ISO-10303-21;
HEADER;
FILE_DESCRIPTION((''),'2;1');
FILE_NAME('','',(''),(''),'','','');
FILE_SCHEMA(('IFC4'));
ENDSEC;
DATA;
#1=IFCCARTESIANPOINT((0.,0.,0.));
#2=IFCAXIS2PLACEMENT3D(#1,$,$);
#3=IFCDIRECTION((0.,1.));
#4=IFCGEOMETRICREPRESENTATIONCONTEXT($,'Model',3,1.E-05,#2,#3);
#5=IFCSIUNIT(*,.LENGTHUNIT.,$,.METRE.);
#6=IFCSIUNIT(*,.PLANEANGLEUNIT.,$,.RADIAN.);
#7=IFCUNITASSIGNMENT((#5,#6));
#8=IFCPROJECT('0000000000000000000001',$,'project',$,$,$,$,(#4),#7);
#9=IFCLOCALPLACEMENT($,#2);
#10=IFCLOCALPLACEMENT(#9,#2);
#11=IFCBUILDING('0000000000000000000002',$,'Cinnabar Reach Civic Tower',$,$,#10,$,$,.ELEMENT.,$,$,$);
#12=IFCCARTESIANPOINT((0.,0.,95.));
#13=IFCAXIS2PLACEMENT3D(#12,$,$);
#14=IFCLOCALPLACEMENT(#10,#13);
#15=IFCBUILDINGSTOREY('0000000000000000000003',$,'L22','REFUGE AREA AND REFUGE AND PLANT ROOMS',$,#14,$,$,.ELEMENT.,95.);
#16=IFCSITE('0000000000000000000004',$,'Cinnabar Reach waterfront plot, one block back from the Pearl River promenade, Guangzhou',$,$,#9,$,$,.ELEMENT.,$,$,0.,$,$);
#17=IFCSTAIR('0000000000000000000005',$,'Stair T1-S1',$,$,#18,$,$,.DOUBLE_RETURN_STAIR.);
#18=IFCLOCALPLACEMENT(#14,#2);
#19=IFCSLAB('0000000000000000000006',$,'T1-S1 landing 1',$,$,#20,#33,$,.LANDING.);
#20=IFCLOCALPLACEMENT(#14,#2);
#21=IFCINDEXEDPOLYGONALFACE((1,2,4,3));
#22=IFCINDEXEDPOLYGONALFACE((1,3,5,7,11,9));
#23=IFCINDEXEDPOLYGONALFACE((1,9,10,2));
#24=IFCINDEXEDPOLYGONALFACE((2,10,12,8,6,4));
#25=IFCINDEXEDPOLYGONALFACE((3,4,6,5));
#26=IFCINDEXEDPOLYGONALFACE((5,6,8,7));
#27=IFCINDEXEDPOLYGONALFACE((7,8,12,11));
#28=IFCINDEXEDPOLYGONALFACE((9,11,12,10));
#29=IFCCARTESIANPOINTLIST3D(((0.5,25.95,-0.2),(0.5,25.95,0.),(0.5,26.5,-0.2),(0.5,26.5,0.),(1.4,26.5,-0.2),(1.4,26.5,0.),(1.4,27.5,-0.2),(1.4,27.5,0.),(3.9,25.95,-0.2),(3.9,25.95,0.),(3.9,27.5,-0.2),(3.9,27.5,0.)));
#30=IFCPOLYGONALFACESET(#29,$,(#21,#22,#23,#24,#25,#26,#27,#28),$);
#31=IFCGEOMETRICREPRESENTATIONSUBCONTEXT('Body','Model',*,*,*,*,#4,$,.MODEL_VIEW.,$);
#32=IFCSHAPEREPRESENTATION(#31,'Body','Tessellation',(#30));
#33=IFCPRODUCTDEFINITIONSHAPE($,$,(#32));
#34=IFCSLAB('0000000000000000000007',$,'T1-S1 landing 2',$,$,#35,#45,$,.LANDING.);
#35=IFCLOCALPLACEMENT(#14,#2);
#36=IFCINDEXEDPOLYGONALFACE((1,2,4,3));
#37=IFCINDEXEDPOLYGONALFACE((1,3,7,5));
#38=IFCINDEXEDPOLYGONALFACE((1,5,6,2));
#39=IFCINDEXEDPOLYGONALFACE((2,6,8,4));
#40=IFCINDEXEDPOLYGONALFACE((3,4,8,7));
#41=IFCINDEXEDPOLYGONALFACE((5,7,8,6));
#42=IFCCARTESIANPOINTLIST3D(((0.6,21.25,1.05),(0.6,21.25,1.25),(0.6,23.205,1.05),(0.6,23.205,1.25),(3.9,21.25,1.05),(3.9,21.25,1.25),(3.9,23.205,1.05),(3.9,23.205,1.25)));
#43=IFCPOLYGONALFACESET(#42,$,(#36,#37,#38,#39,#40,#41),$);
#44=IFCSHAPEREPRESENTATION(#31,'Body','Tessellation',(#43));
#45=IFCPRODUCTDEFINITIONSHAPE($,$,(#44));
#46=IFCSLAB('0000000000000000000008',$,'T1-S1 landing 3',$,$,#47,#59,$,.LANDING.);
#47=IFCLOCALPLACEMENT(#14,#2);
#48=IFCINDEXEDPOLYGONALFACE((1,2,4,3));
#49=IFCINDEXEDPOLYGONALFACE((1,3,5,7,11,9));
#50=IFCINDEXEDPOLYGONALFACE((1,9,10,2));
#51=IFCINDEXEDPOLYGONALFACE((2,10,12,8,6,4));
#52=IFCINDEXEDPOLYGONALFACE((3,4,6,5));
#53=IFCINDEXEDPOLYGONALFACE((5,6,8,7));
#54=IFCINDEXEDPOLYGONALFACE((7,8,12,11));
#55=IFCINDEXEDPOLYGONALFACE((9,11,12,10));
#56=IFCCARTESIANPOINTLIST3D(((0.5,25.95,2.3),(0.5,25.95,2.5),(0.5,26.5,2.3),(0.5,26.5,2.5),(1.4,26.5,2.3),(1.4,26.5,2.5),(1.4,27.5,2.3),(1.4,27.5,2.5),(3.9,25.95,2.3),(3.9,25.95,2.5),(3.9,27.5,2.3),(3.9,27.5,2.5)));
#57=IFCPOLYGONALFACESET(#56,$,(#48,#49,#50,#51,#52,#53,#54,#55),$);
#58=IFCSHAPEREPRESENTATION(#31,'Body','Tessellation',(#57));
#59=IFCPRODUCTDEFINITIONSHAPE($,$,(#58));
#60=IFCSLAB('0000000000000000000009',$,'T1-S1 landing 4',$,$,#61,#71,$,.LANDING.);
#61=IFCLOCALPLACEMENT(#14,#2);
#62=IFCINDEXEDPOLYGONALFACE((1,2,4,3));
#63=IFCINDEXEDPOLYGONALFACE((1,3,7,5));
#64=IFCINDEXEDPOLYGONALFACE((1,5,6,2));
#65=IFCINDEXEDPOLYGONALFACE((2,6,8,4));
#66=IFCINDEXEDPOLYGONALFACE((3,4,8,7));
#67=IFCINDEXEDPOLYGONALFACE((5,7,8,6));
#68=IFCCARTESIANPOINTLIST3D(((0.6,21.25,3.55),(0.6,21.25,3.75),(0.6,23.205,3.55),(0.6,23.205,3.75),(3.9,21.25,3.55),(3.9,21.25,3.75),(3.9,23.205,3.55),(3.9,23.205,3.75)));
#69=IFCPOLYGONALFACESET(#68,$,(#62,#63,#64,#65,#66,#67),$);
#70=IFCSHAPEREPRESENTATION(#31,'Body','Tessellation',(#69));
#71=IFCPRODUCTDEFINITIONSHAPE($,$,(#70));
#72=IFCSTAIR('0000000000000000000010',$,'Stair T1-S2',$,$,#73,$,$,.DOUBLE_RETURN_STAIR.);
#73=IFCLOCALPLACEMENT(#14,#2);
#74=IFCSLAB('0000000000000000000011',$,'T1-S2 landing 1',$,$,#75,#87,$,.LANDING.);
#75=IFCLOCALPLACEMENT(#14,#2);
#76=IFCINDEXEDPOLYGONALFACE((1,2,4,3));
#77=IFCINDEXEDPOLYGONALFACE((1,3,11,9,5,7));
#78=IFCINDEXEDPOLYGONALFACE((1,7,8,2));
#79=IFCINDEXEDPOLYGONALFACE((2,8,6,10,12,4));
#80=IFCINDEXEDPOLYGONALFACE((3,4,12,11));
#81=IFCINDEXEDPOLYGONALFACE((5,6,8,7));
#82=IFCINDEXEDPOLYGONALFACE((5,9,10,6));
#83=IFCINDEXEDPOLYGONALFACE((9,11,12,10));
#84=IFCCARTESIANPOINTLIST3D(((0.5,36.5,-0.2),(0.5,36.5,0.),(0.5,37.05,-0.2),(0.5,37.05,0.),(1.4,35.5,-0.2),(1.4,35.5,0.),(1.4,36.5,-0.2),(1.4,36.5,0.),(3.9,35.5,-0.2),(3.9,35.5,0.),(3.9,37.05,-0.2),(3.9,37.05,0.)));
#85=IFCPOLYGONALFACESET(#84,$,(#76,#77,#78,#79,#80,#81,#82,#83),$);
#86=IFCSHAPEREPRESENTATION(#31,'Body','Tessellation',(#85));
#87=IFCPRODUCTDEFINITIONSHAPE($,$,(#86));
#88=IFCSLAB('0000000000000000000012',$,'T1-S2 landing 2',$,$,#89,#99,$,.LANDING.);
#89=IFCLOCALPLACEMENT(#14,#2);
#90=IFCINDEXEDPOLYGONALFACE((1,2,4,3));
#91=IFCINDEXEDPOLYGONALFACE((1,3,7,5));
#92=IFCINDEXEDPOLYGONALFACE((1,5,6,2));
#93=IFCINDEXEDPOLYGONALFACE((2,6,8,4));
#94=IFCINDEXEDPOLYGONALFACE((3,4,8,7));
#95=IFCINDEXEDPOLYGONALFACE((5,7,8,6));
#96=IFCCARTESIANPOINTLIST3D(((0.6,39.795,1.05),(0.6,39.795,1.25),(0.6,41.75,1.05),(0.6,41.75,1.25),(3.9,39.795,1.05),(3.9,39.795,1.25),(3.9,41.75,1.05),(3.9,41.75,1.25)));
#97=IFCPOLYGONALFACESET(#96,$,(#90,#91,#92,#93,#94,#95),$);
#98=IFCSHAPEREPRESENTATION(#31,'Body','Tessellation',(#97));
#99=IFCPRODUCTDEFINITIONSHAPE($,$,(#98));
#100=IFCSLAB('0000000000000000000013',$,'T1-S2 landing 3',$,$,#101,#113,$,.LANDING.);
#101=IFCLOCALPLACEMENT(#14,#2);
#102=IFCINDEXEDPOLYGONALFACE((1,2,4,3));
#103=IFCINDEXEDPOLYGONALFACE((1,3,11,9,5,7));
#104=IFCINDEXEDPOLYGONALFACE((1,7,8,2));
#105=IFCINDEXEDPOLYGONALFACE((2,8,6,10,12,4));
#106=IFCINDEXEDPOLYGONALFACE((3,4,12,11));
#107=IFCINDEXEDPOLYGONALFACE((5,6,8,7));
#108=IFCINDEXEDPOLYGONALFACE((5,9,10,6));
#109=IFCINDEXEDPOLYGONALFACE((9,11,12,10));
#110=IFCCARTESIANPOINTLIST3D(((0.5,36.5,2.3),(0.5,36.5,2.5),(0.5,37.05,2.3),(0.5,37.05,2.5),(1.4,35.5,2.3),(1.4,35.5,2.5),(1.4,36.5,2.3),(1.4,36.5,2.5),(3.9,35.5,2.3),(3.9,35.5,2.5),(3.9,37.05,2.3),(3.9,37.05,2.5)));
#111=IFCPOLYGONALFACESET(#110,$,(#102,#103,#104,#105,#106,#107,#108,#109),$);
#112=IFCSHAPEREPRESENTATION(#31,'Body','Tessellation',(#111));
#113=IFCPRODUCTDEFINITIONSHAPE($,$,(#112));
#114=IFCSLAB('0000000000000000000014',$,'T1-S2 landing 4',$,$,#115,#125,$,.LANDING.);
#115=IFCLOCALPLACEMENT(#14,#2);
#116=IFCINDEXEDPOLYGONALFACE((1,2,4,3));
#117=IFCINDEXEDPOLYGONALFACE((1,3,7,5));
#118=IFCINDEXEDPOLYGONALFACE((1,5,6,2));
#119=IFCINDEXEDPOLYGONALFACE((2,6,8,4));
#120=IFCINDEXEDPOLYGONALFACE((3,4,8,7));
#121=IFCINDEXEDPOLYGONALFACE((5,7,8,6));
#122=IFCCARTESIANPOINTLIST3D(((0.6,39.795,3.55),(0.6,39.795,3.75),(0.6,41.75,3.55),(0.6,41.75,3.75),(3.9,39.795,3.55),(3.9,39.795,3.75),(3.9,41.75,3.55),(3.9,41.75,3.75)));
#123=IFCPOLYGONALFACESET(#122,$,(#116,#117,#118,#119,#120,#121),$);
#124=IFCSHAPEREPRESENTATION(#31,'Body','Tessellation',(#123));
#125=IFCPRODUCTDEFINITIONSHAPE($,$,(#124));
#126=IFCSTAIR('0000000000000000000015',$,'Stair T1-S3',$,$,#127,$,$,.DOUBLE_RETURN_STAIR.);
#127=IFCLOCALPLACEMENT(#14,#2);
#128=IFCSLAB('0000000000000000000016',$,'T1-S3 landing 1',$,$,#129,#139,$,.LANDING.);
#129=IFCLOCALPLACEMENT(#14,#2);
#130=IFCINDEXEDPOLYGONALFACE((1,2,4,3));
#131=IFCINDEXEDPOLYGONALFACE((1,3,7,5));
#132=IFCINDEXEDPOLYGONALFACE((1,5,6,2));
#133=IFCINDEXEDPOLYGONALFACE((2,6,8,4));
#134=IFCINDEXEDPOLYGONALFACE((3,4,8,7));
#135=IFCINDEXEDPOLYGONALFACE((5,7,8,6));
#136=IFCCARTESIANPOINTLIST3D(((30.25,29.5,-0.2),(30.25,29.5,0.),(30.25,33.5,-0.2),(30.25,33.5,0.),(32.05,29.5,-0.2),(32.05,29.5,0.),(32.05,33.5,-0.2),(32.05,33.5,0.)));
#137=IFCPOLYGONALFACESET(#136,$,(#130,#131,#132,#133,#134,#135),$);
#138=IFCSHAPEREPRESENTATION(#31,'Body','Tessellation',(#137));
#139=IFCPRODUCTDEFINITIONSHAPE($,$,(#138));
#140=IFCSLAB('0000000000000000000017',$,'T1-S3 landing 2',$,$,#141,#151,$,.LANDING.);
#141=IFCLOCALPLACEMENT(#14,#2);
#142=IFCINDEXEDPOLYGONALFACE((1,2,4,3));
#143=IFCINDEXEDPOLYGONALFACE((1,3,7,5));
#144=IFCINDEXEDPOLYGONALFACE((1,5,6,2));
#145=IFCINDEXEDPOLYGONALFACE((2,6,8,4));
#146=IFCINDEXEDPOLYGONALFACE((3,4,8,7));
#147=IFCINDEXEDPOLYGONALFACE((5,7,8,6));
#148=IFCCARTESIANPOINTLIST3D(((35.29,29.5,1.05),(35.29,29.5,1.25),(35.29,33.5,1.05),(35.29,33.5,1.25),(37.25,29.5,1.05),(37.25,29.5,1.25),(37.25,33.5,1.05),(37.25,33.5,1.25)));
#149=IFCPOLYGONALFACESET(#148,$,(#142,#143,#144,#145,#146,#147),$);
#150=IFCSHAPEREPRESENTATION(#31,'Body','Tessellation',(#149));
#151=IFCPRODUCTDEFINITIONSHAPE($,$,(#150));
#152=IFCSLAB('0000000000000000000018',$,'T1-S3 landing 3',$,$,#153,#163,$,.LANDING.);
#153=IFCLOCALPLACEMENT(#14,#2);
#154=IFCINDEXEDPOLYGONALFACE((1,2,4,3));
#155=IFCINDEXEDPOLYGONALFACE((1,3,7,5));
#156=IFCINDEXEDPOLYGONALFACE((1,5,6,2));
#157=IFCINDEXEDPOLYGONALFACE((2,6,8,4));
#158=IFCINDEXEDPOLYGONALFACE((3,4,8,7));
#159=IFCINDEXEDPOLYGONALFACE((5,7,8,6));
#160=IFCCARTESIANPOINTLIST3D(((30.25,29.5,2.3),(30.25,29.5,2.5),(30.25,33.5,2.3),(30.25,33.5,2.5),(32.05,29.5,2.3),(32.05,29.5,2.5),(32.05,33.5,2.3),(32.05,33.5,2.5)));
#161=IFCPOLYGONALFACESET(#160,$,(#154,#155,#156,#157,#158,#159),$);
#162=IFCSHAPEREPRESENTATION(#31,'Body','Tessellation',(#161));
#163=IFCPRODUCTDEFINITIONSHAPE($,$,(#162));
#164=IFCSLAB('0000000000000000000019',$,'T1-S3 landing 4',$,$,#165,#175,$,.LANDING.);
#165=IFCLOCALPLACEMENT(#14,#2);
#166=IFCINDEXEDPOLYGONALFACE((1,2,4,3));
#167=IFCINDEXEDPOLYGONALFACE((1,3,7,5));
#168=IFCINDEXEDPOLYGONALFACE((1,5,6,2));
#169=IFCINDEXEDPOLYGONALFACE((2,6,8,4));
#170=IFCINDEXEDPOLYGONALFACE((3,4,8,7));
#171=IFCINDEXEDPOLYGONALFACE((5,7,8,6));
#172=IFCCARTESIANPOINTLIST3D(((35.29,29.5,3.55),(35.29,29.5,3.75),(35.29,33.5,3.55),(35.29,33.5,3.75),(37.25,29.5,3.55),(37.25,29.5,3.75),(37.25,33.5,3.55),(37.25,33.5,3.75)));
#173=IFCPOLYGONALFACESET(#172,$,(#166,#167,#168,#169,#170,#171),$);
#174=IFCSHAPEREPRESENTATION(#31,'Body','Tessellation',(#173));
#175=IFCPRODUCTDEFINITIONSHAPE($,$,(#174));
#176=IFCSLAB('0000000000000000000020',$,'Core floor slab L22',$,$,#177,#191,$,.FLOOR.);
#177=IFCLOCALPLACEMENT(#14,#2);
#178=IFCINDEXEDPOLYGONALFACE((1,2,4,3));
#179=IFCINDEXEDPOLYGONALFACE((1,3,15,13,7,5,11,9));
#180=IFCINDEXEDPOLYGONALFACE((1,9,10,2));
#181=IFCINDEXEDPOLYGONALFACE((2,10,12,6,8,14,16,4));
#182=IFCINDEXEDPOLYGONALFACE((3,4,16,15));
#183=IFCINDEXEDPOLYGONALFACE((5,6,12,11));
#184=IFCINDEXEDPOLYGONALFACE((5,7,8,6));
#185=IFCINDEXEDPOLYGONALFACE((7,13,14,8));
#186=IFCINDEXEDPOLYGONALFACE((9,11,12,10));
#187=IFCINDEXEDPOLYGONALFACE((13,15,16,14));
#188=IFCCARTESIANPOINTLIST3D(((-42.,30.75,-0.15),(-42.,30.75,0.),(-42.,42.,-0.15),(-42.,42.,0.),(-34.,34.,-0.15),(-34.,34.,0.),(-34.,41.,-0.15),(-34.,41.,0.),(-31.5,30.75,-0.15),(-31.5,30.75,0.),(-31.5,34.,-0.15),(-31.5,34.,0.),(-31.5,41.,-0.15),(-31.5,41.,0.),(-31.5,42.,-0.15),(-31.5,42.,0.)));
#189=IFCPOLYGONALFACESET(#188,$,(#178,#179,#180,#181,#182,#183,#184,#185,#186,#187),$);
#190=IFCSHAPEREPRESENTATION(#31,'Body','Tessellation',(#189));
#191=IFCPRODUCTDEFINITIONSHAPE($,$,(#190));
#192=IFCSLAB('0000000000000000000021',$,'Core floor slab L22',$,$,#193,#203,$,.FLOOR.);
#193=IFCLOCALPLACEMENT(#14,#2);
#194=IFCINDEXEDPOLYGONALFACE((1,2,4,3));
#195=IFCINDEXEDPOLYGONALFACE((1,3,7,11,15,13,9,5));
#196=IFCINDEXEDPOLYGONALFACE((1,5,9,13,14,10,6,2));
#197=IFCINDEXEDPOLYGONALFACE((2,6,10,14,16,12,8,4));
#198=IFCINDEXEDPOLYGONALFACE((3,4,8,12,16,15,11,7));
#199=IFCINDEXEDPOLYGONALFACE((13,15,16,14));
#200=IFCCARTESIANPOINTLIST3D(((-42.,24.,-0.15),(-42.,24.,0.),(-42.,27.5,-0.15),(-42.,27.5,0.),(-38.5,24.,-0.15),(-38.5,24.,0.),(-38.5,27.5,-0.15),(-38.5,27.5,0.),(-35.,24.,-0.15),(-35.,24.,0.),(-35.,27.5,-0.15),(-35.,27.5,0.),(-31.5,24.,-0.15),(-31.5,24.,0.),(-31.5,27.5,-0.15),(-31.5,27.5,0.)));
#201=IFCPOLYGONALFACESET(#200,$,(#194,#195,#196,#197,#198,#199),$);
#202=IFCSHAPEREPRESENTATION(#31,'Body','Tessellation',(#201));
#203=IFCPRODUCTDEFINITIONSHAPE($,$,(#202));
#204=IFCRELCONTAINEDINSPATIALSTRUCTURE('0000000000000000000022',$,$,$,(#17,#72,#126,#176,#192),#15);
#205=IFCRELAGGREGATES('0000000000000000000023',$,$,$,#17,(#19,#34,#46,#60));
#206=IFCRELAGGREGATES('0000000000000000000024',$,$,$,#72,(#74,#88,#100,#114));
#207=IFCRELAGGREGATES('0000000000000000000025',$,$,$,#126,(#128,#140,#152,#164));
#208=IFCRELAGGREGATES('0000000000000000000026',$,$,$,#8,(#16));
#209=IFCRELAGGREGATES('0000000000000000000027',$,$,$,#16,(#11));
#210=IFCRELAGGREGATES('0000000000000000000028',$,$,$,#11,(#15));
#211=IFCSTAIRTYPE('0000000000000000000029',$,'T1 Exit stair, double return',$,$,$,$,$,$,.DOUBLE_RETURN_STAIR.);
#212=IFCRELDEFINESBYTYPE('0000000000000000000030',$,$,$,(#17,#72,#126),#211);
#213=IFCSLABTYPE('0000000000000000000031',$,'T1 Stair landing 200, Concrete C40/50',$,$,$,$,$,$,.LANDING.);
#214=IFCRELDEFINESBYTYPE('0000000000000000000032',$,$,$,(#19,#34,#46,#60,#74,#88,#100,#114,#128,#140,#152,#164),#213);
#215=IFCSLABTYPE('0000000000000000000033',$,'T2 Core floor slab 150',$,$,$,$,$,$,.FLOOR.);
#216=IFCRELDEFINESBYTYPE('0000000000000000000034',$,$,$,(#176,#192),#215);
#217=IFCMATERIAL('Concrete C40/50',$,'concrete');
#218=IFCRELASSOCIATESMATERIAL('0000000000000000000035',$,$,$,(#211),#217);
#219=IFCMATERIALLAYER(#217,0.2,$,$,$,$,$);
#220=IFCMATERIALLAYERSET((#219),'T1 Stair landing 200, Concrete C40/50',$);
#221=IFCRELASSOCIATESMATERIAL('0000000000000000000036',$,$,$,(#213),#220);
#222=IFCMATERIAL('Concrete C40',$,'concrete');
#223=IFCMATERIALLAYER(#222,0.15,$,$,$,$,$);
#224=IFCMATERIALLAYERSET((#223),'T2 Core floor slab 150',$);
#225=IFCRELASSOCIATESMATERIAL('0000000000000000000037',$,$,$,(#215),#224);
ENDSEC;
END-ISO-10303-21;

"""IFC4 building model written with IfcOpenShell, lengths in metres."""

from ifc_helpers import new_model, si_unit, direction, frame, origin, place, context, subcontext, project, spatial, polyline, outline, extrude, material, layer, layer_set, type_object, element, aggregate, save


model = new_model("IFC4")

# Units and contexts
model_context = context("Model", 3, precision=1e-05, world=origin(), true_north=direction((0.0, 1.0)))
body_context = subcontext(model_context, "Body", "Model", "MODEL_VIEW")
ifc_project = project(units=[si_unit("LENGTHUNIT", "METRE"), si_unit("PLANEANGLEUNIT", "RADIAN")], contexts=[model_context])

# Site, building, storey
site_placement = place(None, origin())
site = spatial("IfcSite", under=ifc_project, at=site_placement, Name="Cinnabar Reach waterfront plot, one block back from the Pearl River promenade, Guangzhou", CompositionType="ELEMENT", RefElevation=0.0)
building_placement = place(site_placement, origin())
building = spatial("IfcBuilding", under=site, at=building_placement, Name="Cinnabar Reach Civic Tower", CompositionType="ELEMENT")
storey_placement = place(building_placement, frame((0.0, 0.0, 95.0)))
storey = spatial("IfcBuildingStorey", under=building, at=storey_placement, Name="L22", Description="REFUGE AREA AND REFUGE AND PLANT ROOMS", CompositionType="ELEMENT", Elevation=95.0)

# Stairs, slabs
ifc_material_1 = material(Name="Concrete C40/50", Category="concrete")
stair_type_1 = type_object("IfcStairType", Name="T1 Exit stair, double return", PredefinedType="DOUBLE_RETURN_STAIR", material=ifc_material_1)
stair_1_placement = place(storey_placement, origin())
stair_1 = element("IfcStair", 1, at=stair_1_placement, inside=storey, type_object=stair_type_1, Name="Stair T1-S1", PredefinedType="DOUBLE_RETURN_STAIR")
ifc_layer_1 = layer(ifc_material_1, 0.2)
ifc_layer_set_1 = layer_set([ifc_layer_1], Name="T1 Stair landing 200, Concrete C40/50")
slab_type_1 = type_object("IfcSlabType", Name="T1 Stair landing 200, Concrete C40/50", PredefinedType="LANDING", material=ifc_layer_set_1)
slab_1_placement = place(storey_placement, frame((0.0, 0.0, -0.2)))
slab_1 = element("IfcSlab", 2, at=slab_1_placement, type_object=slab_type_1, Name="T1-S1 landing 1", PredefinedType="LANDING", context=body_context, shape_type="SweptSolid", body=[
    extrude(outline(polyline([(3.9, 27.5), (3.9, 25.95), (0.5, 25.95), (0.5, 26.5), (1.4, 26.5), (1.4, 27.5), (3.9, 27.5)])), origin(), (0.0, 0.0, 1.0), 0.2),
])
slab_2_placement = place(storey_placement, frame((0.0, 0.0, 1.05)))
slab_2 = element("IfcSlab", 3, at=slab_2_placement, type_object=slab_type_1, Name="T1-S1 landing 2", PredefinedType="LANDING", context=body_context, shape_type="SweptSolid", body=[
    extrude(outline(polyline([(0.6, 21.25), (0.6, 23.205), (3.9, 23.205), (3.9, 21.25), (0.6, 21.25)])), origin(), (0.0, 0.0, 1.0), 0.2),
])
slab_3_placement = place(storey_placement, frame((0.0, 0.0, 2.3)))
slab_3 = element("IfcSlab", 4, at=slab_3_placement, type_object=slab_type_1, Name="T1-S1 landing 3", PredefinedType="LANDING", context=body_context, shape_type="SweptSolid", body=[
    extrude(outline(polyline([(3.9, 27.5), (3.9, 25.95), (0.5, 25.95), (0.5, 26.5), (1.4, 26.5), (1.4, 27.5), (3.9, 27.5)])), origin(), (0.0, 0.0, 1.0), 0.2),
])
slab_4_placement = place(storey_placement, frame((0.0, 0.0, 3.55)))
slab_4 = element("IfcSlab", 5, at=slab_4_placement, type_object=slab_type_1, Name="T1-S1 landing 4", PredefinedType="LANDING", context=body_context, shape_type="SweptSolid", body=[
    extrude(outline(polyline([(0.6, 21.25), (0.6, 23.205), (3.9, 23.205), (3.9, 21.25), (0.6, 21.25)])), origin(), (0.0, 0.0, 1.0), 0.2),
])
aggregate(stair_1, [slab_1, slab_2, slab_3, slab_4])
stair_2_placement = place(storey_placement, origin())
stair_2 = element("IfcStair", 6, at=stair_2_placement, inside=storey, type_object=stair_type_1, Name="Stair T1-S2", PredefinedType="DOUBLE_RETURN_STAIR")
slab_5_placement = place(storey_placement, frame((0.0, 0.0, -0.2)))
slab_5 = element("IfcSlab", 7, at=slab_5_placement, type_object=slab_type_1, Name="T1-S2 landing 1", PredefinedType="LANDING", context=body_context, shape_type="SweptSolid", body=[
    extrude(outline(polyline([(0.5, 37.05), (3.9, 37.05), (3.9, 35.5), (1.4, 35.5), (1.4, 36.5), (0.5, 36.5), (0.5, 37.05)])), origin(), (0.0, 0.0, 1.0), 0.2),
])
slab_6_placement = place(storey_placement, frame((0.0, 0.0, 1.05)))
slab_6 = element("IfcSlab", 8, at=slab_6_placement, type_object=slab_type_1, Name="T1-S2 landing 2", PredefinedType="LANDING", context=body_context, shape_type="SweptSolid", body=[
    extrude(outline(polyline([(0.6, 39.795), (0.6, 41.75), (3.9, 41.75), (3.9, 39.795), (0.6, 39.795)])), origin(), (0.0, 0.0, 1.0), 0.2),
])
slab_7_placement = place(storey_placement, frame((0.0, 0.0, 2.3)))
slab_7 = element("IfcSlab", 9, at=slab_7_placement, type_object=slab_type_1, Name="T1-S2 landing 3", PredefinedType="LANDING", context=body_context, shape_type="SweptSolid", body=[
    extrude(outline(polyline([(0.5, 37.05), (3.9, 37.05), (3.9, 35.5), (1.4, 35.5), (1.4, 36.5), (0.5, 36.5), (0.5, 37.05)])), origin(), (0.0, 0.0, 1.0), 0.2),
])
slab_8_placement = place(storey_placement, frame((0.0, 0.0, 3.55)))
slab_8 = element("IfcSlab", 10, at=slab_8_placement, type_object=slab_type_1, Name="T1-S2 landing 4", PredefinedType="LANDING", context=body_context, shape_type="SweptSolid", body=[
    extrude(outline(polyline([(0.6, 39.795), (0.6, 41.75), (3.9, 41.75), (3.9, 39.795), (0.6, 39.795)])), origin(), (0.0, 0.0, 1.0), 0.2),
])
aggregate(stair_2, [slab_5, slab_6, slab_7, slab_8])
stair_3_placement = place(storey_placement, origin())
stair_3 = element("IfcStair", 11, at=stair_3_placement, inside=storey, type_object=stair_type_1, Name="Stair T1-S3", PredefinedType="DOUBLE_RETURN_STAIR")
slab_9_placement = place(storey_placement, frame((0.0, 0.0, -0.2)))
slab_9 = element("IfcSlab", 12, at=slab_9_placement, type_object=slab_type_1, Name="T1-S3 landing 1", PredefinedType="LANDING", context=body_context, shape_type="SweptSolid", body=[
    extrude(outline(polyline([(30.25, 29.5), (32.05, 29.5), (32.05, 33.5), (30.25, 33.5), (30.25, 29.5)])), origin(), (0.0, 0.0, 1.0), 0.2),
])
slab_10_placement = place(storey_placement, frame((0.0, 0.0, 1.05)))
slab_10 = element("IfcSlab", 13, at=slab_10_placement, type_object=slab_type_1, Name="T1-S3 landing 2", PredefinedType="LANDING", context=body_context, shape_type="SweptSolid", body=[
    extrude(outline(polyline([(35.29, 29.5), (37.25, 29.5), (37.25, 33.5), (35.29, 33.5), (35.29, 29.5)])), origin(), (0.0, 0.0, 1.0), 0.2),
])
slab_11_placement = place(storey_placement, frame((0.0, 0.0, 2.3)))
slab_11 = element("IfcSlab", 14, at=slab_11_placement, type_object=slab_type_1, Name="T1-S3 landing 3", PredefinedType="LANDING", context=body_context, shape_type="SweptSolid", body=[
    extrude(outline(polyline([(30.25, 29.5), (32.05, 29.5), (32.05, 33.5), (30.25, 33.5), (30.25, 29.5)])), origin(), (0.0, 0.0, 1.0), 0.2),
])
slab_12_placement = place(storey_placement, frame((0.0, 0.0, 3.55)))
slab_12 = element("IfcSlab", 15, at=slab_12_placement, type_object=slab_type_1, Name="T1-S3 landing 4", PredefinedType="LANDING", context=body_context, shape_type="SweptSolid", body=[
    extrude(outline(polyline([(35.29, 29.5), (37.25, 29.5), (37.25, 33.5), (35.29, 33.5), (35.29, 29.5)])), origin(), (0.0, 0.0, 1.0), 0.2),
])
aggregate(stair_3, [slab_9, slab_10, slab_11, slab_12])

# Slabs
ifc_material_2 = material(Name="Concrete C40", Category="concrete")
ifc_layer_2 = layer(ifc_material_2, 0.15)
ifc_layer_set_2 = layer_set([ifc_layer_2], Name="T2 Core floor slab 150")
slab_type_2 = type_object("IfcSlabType", Name="T2 Core floor slab 150", PredefinedType="FLOOR", material=ifc_layer_set_2)
slab_13_placement = place(storey_placement, frame((0.0, 0.0, -0.15)))
element("IfcSlab", 16, at=slab_13_placement, inside=storey, type_object=slab_type_2, Name="Core floor slab L22", PredefinedType="FLOOR", context=body_context, shape_type="SweptSolid", body=[
    extrude(outline(polyline([(-42.0, 42.0), (-31.5, 42.0), (-31.5, 41.0), (-34.0, 41.0), (-34.0, 34.0), (-31.5, 34.0), (-31.5, 30.75), (-42.0, 30.75), (-42.0, 42.0)])), origin(), (0.0, 0.0, 1.0), 0.15),
])
slab_14_placement = place(storey_placement, frame((0.0, 0.0, -0.15)))
element("IfcSlab", 17, at=slab_14_placement, inside=storey, type_object=slab_type_2, Name="Core floor slab L22", PredefinedType="FLOOR", context=body_context, shape_type="SweptSolid", body=[
    extrude(outline(polyline([(-35.0, 24.0), (-38.5, 24.0), (-42.0, 24.0), (-42.0, 27.5), (-38.5, 27.5), (-35.0, 27.5), (-31.5, 27.5), (-31.5, 24.0), (-35.0, 24.0)])), origin(), (0.0, 0.0, 1.0), 0.15),
])

save(model, "model.ifc")
